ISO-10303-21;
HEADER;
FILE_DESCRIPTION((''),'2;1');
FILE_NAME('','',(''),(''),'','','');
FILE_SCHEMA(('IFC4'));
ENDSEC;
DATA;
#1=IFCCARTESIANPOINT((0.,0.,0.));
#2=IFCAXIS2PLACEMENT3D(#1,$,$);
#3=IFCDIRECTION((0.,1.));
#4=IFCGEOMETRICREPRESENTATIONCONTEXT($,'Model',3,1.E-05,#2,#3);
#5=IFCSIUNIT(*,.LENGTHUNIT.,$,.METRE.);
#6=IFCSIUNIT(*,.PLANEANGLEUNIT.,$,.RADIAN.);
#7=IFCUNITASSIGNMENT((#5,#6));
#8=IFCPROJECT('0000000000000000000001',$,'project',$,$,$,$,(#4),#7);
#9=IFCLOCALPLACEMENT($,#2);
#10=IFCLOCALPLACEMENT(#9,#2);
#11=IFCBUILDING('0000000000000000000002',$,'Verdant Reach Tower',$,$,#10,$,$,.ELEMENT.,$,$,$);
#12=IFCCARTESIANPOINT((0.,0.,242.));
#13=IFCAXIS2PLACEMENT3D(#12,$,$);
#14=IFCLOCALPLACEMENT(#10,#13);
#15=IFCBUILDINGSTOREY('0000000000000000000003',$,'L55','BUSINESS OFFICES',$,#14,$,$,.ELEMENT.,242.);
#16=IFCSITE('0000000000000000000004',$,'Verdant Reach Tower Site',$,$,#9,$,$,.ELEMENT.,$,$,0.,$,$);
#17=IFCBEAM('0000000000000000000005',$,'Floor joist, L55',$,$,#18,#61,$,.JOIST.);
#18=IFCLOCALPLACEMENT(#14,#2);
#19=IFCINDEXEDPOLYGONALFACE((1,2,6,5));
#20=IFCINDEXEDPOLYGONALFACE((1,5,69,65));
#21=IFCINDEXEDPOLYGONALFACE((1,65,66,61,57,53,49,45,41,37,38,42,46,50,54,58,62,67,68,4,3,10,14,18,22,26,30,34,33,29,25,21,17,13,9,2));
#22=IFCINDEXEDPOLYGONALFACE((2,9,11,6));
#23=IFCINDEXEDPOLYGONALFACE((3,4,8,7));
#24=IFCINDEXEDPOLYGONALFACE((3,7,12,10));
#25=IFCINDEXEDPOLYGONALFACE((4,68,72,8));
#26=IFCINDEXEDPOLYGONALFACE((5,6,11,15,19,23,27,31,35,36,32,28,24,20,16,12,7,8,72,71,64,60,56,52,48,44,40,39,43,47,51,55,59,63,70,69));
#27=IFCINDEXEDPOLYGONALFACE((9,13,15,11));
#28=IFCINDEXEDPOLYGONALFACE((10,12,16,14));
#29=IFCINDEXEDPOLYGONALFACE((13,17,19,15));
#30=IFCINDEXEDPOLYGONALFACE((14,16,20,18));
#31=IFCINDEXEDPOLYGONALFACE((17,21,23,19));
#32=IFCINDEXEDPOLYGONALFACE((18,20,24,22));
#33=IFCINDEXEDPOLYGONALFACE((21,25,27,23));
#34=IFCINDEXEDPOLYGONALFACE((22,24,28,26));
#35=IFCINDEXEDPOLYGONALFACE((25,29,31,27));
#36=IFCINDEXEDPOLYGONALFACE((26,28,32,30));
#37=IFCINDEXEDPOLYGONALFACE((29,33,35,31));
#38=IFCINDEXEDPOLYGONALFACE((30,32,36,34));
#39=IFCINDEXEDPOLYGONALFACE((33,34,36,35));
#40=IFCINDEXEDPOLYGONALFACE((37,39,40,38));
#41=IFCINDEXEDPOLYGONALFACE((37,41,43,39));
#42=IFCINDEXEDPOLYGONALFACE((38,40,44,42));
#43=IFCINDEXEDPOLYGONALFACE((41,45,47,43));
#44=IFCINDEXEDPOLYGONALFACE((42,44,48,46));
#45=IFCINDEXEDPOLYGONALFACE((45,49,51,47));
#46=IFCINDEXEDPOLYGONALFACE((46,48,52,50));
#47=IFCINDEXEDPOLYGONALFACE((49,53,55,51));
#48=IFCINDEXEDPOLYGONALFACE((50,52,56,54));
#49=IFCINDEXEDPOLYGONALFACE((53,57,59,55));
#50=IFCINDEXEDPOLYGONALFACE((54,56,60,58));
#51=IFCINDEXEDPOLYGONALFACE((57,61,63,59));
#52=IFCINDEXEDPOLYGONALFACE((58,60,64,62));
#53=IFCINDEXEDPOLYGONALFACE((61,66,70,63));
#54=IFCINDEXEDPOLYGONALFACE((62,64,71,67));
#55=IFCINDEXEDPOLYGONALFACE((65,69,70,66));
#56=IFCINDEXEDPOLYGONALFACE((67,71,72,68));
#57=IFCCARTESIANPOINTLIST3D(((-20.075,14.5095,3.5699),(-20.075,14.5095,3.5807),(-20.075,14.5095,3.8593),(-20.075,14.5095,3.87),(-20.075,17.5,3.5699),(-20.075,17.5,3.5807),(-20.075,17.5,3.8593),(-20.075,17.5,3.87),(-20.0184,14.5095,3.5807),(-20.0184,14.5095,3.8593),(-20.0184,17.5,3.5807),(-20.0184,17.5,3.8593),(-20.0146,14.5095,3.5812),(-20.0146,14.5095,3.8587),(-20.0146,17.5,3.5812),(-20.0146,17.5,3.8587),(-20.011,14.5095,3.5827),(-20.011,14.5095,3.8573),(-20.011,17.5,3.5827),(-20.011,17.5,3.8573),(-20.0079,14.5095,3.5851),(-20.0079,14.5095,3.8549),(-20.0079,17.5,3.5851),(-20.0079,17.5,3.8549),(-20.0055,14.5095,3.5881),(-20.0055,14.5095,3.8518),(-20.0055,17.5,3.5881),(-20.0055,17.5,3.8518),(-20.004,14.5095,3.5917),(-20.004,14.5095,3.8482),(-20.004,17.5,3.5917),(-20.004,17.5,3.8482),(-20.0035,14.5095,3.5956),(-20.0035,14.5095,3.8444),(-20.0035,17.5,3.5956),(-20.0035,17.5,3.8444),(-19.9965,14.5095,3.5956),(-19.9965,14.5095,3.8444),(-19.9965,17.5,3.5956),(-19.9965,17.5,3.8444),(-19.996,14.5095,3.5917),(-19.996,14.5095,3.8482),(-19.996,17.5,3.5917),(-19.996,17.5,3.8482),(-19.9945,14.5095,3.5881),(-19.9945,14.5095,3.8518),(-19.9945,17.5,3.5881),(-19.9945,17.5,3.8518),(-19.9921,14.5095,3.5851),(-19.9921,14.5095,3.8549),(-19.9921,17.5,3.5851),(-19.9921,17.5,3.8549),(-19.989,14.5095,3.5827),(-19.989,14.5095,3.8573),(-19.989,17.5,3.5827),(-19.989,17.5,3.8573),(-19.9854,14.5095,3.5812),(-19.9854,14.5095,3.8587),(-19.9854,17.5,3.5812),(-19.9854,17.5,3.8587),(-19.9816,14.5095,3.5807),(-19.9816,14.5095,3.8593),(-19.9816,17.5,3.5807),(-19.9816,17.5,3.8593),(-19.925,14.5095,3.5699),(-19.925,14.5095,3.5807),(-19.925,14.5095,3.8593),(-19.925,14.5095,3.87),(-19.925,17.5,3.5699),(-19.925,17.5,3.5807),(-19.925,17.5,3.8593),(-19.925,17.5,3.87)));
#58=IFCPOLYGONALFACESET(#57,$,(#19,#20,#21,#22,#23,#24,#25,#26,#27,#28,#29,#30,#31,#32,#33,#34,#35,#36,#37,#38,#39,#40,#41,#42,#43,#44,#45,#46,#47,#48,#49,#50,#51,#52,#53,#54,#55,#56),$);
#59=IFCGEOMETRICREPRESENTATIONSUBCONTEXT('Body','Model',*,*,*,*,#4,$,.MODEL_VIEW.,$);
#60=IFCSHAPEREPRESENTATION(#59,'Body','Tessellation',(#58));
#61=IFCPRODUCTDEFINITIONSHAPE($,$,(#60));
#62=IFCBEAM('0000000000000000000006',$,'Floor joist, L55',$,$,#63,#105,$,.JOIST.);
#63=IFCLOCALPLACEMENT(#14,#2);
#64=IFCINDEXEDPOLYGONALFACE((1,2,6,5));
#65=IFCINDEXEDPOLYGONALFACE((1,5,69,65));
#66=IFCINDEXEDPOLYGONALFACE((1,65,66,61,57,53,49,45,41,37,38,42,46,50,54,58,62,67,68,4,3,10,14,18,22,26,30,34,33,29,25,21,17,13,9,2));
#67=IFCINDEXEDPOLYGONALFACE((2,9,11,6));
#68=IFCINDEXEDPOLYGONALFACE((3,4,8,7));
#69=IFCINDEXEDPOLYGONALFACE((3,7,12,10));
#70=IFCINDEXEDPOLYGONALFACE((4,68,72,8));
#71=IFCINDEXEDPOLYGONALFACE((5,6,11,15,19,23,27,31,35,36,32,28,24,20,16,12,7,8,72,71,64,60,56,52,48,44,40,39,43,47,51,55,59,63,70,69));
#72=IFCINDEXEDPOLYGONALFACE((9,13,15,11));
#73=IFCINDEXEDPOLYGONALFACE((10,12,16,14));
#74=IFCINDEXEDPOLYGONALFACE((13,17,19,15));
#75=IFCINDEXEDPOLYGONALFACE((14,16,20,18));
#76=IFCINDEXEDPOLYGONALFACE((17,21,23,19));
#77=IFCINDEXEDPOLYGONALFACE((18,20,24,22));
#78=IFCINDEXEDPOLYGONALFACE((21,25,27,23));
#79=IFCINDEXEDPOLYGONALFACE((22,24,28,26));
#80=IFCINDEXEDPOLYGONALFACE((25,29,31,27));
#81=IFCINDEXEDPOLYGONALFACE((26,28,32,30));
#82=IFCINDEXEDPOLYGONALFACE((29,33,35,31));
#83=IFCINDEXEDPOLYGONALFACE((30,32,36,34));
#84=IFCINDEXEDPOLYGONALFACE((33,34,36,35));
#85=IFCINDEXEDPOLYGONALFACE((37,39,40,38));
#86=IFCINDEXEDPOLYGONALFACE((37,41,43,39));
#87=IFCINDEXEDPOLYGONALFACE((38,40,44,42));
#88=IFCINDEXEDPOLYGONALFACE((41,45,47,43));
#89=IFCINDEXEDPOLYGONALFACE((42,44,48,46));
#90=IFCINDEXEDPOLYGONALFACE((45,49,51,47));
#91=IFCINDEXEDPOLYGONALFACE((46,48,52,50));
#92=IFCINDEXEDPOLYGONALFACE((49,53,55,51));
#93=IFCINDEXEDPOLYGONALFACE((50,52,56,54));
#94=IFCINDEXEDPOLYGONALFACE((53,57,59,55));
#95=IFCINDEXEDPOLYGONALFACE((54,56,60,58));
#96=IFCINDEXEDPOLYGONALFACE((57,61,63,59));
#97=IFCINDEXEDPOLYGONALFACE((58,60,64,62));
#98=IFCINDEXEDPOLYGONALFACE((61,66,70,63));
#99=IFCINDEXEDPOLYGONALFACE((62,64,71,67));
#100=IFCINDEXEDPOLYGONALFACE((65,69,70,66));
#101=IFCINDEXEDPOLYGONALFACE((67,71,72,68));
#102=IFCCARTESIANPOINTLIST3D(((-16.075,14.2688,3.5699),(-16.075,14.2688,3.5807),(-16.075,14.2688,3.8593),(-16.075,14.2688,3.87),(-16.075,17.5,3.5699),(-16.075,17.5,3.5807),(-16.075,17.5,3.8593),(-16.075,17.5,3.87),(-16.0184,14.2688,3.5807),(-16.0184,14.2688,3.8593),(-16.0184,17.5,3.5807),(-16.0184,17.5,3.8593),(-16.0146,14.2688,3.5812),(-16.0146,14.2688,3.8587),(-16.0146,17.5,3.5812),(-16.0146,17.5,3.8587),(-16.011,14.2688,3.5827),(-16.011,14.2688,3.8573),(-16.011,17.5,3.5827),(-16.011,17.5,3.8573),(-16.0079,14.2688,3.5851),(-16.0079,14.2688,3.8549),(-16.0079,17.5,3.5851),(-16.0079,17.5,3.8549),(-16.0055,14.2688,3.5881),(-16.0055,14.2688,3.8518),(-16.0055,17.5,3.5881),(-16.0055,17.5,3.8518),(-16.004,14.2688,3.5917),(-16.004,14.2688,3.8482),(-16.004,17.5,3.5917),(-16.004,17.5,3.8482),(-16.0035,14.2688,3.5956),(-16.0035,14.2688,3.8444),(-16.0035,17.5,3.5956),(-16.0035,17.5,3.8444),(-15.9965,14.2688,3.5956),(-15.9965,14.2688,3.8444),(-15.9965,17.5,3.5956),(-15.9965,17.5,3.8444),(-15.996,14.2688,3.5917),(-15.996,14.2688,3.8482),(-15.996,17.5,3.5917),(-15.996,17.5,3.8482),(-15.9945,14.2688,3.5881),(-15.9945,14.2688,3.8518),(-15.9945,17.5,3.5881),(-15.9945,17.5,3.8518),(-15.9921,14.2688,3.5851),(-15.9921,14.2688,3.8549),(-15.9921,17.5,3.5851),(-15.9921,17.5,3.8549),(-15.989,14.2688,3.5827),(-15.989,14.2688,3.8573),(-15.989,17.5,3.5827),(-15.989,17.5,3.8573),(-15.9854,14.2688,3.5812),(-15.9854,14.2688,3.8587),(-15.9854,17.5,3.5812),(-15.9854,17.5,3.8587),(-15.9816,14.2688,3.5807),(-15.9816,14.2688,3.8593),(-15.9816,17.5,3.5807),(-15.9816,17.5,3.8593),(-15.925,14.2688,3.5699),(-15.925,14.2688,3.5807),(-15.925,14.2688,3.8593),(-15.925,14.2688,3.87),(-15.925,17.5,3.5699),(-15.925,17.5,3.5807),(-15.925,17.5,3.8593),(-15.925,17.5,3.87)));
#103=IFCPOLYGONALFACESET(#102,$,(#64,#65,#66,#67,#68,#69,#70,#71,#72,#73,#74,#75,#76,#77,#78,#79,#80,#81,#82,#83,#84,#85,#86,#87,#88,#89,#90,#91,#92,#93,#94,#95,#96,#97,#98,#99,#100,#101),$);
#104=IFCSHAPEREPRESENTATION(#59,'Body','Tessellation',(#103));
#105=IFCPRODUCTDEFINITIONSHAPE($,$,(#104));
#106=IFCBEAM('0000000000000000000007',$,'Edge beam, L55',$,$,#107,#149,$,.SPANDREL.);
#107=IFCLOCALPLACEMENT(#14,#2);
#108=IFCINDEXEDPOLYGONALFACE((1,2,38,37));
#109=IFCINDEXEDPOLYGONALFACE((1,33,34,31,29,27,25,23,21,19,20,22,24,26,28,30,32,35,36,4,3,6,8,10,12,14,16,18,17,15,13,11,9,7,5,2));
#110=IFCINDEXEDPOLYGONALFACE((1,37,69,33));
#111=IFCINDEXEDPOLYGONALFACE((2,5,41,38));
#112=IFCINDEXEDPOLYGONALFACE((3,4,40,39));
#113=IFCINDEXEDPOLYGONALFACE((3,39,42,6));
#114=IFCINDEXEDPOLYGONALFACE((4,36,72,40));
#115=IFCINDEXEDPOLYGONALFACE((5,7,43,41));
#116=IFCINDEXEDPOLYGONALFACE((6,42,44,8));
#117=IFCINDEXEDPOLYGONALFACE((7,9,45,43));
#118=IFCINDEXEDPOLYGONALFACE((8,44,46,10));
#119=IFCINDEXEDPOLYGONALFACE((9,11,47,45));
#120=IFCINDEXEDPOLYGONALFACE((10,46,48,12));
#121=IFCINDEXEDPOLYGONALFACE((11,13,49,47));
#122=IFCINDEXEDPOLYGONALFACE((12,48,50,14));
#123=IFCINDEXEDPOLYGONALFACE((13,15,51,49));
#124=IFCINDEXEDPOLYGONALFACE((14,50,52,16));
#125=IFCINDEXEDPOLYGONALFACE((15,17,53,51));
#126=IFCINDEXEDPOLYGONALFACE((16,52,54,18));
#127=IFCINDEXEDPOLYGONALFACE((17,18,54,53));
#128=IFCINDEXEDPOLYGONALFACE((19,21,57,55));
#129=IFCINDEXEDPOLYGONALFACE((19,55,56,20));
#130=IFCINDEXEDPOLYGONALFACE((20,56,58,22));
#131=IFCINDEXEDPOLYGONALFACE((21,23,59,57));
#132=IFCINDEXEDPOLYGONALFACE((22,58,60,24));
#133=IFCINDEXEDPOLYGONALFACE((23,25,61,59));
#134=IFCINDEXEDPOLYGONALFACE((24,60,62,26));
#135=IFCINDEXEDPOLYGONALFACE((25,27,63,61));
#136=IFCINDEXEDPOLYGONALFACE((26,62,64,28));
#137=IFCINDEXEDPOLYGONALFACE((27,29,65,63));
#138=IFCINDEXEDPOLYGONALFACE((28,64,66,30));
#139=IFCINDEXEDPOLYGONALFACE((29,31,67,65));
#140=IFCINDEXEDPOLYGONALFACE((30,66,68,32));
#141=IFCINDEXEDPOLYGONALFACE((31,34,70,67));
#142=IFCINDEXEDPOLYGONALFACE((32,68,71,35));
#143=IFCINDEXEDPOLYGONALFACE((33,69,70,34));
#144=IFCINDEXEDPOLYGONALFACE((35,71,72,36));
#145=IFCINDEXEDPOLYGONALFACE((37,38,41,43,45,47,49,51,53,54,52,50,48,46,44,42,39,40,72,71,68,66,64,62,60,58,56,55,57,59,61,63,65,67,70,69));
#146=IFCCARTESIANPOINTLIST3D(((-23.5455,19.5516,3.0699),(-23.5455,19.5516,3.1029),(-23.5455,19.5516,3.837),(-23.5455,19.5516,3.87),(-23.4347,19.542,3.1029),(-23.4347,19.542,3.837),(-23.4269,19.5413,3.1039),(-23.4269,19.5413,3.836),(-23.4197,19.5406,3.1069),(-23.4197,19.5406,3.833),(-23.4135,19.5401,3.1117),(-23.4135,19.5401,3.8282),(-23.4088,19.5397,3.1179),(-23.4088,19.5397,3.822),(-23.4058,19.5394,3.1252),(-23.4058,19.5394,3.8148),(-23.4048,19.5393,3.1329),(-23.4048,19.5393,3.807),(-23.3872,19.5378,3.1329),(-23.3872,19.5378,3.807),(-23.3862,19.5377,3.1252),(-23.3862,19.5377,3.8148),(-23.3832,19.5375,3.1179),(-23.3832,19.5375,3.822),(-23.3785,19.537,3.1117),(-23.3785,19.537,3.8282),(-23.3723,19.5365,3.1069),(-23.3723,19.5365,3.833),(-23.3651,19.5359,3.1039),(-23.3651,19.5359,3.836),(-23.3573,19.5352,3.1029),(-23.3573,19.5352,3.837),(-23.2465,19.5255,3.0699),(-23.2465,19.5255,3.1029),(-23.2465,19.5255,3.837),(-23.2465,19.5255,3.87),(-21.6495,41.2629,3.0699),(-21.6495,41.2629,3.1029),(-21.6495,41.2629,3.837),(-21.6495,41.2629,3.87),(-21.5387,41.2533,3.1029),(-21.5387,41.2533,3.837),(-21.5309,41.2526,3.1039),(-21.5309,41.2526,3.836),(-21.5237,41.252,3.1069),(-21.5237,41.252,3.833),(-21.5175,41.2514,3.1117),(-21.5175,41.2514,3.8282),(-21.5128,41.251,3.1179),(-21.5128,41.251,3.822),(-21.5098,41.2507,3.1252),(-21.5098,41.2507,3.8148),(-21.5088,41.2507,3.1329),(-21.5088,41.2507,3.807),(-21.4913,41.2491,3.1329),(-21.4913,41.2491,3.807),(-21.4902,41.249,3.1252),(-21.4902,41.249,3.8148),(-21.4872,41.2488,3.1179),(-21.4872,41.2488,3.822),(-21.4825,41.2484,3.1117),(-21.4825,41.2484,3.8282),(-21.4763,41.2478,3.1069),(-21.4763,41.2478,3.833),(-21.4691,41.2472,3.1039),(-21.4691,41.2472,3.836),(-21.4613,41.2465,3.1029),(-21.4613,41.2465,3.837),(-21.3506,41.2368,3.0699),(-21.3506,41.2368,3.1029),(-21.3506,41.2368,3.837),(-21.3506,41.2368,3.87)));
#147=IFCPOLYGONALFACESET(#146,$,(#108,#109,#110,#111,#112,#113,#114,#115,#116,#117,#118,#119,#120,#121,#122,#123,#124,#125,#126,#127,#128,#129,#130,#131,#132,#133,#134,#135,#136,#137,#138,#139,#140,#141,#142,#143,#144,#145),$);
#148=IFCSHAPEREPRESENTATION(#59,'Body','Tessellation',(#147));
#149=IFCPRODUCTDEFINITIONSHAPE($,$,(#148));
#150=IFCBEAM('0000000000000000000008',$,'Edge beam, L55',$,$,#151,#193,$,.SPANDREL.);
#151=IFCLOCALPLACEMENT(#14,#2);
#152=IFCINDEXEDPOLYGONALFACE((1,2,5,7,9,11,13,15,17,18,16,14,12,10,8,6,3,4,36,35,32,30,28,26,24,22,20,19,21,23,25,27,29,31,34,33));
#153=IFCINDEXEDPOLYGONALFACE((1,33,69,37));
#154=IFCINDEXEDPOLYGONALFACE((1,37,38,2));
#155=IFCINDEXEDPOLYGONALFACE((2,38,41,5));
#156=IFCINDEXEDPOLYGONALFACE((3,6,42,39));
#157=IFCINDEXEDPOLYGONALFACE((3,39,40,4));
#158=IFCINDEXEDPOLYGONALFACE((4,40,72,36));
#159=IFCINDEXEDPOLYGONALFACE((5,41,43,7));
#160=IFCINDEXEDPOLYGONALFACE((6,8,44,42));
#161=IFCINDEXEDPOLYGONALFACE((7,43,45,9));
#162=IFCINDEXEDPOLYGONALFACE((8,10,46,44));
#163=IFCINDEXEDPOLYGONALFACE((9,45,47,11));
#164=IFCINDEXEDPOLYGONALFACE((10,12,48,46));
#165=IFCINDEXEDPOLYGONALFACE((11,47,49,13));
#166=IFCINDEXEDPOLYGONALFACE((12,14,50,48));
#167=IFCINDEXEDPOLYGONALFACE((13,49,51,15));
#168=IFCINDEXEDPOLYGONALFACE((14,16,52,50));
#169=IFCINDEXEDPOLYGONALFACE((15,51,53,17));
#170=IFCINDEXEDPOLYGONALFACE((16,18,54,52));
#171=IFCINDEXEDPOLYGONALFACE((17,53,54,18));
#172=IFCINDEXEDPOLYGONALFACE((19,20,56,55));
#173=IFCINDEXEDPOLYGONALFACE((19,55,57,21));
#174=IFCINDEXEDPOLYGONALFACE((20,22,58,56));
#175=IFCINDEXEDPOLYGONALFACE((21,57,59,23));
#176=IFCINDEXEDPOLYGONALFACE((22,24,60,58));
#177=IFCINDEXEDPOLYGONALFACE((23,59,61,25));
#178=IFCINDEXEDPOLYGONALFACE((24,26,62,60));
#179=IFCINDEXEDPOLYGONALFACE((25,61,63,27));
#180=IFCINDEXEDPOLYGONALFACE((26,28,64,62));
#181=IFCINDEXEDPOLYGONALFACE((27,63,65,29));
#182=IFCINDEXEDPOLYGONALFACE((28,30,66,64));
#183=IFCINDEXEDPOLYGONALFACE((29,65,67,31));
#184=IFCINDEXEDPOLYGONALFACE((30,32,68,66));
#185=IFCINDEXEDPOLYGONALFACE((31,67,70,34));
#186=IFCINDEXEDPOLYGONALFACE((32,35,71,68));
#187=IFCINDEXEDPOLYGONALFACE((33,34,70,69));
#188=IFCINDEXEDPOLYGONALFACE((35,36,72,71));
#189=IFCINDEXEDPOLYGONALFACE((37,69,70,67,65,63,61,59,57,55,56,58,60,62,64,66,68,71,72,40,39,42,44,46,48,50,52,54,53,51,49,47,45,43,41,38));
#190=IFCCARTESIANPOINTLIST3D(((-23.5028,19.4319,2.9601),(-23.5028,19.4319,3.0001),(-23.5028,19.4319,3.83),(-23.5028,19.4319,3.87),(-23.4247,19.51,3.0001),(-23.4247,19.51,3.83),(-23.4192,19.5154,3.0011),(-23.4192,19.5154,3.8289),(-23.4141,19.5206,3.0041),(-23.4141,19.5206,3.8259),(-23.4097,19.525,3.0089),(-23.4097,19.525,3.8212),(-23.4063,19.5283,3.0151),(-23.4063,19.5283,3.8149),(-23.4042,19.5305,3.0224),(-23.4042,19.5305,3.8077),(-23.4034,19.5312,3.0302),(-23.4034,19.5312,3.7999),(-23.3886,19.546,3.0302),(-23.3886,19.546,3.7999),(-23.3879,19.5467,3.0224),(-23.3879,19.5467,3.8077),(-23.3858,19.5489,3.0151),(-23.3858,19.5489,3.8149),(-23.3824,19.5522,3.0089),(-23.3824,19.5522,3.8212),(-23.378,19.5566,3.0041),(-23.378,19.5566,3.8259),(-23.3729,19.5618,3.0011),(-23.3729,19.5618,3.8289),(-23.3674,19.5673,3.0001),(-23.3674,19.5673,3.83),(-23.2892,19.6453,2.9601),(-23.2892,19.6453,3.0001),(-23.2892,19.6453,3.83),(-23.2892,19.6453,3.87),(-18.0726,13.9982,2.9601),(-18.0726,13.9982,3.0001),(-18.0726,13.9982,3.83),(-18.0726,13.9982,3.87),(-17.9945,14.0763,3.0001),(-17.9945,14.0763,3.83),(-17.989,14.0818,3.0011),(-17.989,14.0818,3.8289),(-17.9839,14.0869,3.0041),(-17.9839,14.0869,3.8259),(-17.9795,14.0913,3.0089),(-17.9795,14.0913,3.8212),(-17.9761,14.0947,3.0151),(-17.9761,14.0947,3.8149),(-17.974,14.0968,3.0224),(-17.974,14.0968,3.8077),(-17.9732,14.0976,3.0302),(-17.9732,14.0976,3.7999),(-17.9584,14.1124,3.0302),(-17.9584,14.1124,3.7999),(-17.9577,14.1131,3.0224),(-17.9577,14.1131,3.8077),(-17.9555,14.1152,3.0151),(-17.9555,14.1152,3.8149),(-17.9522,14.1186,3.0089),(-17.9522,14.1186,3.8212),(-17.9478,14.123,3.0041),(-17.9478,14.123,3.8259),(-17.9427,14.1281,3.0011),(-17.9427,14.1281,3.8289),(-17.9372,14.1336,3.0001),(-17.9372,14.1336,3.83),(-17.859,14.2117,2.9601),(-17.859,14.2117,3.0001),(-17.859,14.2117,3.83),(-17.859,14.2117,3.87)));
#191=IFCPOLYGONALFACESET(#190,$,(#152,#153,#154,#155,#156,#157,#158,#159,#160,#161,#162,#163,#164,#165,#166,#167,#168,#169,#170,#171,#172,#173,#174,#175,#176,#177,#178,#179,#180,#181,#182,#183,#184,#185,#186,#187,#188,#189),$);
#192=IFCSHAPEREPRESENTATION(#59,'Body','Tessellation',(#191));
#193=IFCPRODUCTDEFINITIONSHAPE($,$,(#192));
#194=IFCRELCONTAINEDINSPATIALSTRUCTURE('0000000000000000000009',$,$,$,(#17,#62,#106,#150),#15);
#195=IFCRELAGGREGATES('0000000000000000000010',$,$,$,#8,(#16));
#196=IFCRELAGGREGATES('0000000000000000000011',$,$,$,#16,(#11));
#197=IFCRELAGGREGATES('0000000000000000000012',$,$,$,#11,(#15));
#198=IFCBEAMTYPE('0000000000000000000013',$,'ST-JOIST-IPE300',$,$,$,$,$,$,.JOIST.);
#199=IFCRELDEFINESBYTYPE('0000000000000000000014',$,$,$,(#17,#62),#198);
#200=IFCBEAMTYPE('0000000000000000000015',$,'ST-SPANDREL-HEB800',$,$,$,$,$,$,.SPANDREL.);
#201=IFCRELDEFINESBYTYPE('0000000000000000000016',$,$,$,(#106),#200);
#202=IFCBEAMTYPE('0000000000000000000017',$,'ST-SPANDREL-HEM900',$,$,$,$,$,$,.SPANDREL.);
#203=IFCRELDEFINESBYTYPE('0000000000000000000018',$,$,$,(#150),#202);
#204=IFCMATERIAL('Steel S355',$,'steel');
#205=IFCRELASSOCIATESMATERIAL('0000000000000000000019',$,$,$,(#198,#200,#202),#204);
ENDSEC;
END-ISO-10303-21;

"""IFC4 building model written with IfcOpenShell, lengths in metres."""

from ifc_helpers import new_model, si_unit, direction, frame, origin, origin_2d, place, context, subcontext, project, spatial, i_section, extrude, material, material_profile, profile_set, type_object, element, save


model = new_model("IFC4")

# Units and contexts
model_context = context("Model", 3, precision=1e-05, world=origin(), true_north=direction((0.0, 1.0)))
body_context = subcontext(model_context, "Body", "Model", "MODEL_VIEW")
ifc_project = project(units=[si_unit("LENGTHUNIT", "METRE"), si_unit("PLANEANGLEUNIT", "RADIAN")], contexts=[model_context])

# Site, building, storey
site_placement = place(None, origin())
site = spatial("IfcSite", under=ifc_project, at=site_placement, Name="Verdant Reach Tower Site", CompositionType="ELEMENT", RefElevation=0.0)
building_placement = place(site_placement, origin())
building = spatial("IfcBuilding", under=site, at=building_placement, Name="Verdant Reach Tower", CompositionType="ELEMENT")
storey_placement = place(building_placement, frame((0.0, 0.0, 242.0)))
storey = spatial("IfcBuildingStorey", under=building, at=storey_placement, Name="L55", Description="BUSINESS OFFICES", CompositionType="ELEMENT", Elevation=242.0)

# Beams
ifc_material_1 = material(Name="Steel S355", Category="steel")
ifc_material_profile_1 = material_profile(ifc_material_1, i_section(OverallWidth=0.1499, OverallDepth=0.3, WebThickness=0.0071, FlangeThickness=0.0107, FilletRadius=0.0149, at=origin_2d()), Name="IPE 300")
ifc_profile_set_1 = profile_set([ifc_material_profile_1], Name="Steel S355")
beam_type_1 = type_object("IfcBeamType", Name="ST-JOIST-IPE300", PredefinedType="JOIST", material=ifc_profile_set_1)
beam_1_placement = place(storey_placement, frame((-20.0, 17.5, 3.72), z_axis=(0.0, -1.0, 0.0), x_axis=(1.0, 0.0, 0.0)))
element("IfcBeam", 1, at=beam_1_placement, inside=storey, type_object=beam_type_1, Name="Floor joist, L55", PredefinedType="JOIST", context=body_context, shape_type="SweptSolid", body=[
    extrude(i_section(OverallWidth=0.1499, OverallDepth=0.3, WebThickness=0.0071, FlangeThickness=0.0107, FilletRadius=0.0149, at=origin_2d()), origin(), (0.0, 0.0, 1.0), 2.9905),
])
beam_2_placement = place(storey_placement, frame((-16.0, 17.5, 3.72), z_axis=(0.0, -1.0, 0.0), x_axis=(1.0, 0.0, 0.0)))
element("IfcBeam", 2, at=beam_2_placement, inside=storey, type_object=beam_type_1, Name="Floor joist, L55", PredefinedType="JOIST", context=body_context, shape_type="SweptSolid", body=[
    extrude(i_section(OverallWidth=0.1499, OverallDepth=0.3, WebThickness=0.0071, FlangeThickness=0.0107, FilletRadius=0.0149, at=origin_2d()), origin(), (0.0, 0.0, 1.0), 3.2312),
])
ifc_material_profile_2 = material_profile(ifc_material_1, i_section(OverallWidth=0.3, OverallDepth=0.8, WebThickness=0.0176, FlangeThickness=0.033, FilletRadius=0.03, at=origin_2d()), Name="HEB 800")
ifc_profile_set_2 = profile_set([ifc_material_profile_2], Name="Steel S355")
beam_type_2 = type_object("IfcBeamType", Name="ST-SPANDREL-HEB800", PredefinedType="SPANDREL", material=ifc_profile_set_2)
beam_3_placement = place(storey_placement, frame((-23.396, 19.5386, 3.47), z_axis=(0.086996, 0.996209, 0.0), x_axis=(-0.996209, 0.086996, 0.0)))
element("IfcBeam", 3, at=beam_3_placement, inside=storey, type_object=beam_type_2, Name="Edge beam, L55", PredefinedType="SPANDREL", context=body_context, shape_type="SweptSolid", body=[
    extrude(i_section(OverallWidth=0.3, OverallDepth=0.8, WebThickness=0.0176, FlangeThickness=0.033, FilletRadius=0.03, at=origin_2d()), origin(), (0.0, 0.0, 1.0), 21.7939),
])
ifc_material_profile_3 = material_profile(ifc_material_1, i_section(OverallWidth=0.302, OverallDepth=0.9099, WebThickness=0.021, FlangeThickness=0.04, FilletRadius=0.03, at=origin_2d()), Name="HEM 900")
ifc_profile_set_3 = profile_set([ifc_material_profile_3], Name="Steel S355")
beam_type_3 = type_object("IfcBeamType", Name="ST-SPANDREL-HEM900", PredefinedType="SPANDREL", material=ifc_profile_set_3)
beam_4_placement = place(storey_placement, frame((-17.9658, 14.105, 3.415), z_axis=(-0.706884, 0.707329, 0.0), x_axis=(-0.707329, -0.706884, 0.0)))
element("IfcBeam", 4, at=beam_4_placement, inside=storey, type_object=beam_type_3, Name="Edge beam, L55", PredefinedType="SPANDREL", context=body_context, shape_type="SweptSolid", body=[
    extrude(i_section(OverallWidth=0.302, OverallDepth=0.9099, WebThickness=0.021, FlangeThickness=0.04, FilletRadius=0.03, at=origin_2d()), origin(), (0.0, 0.0, 1.0), 7.6819),
])

save(model, "model.ifc")
